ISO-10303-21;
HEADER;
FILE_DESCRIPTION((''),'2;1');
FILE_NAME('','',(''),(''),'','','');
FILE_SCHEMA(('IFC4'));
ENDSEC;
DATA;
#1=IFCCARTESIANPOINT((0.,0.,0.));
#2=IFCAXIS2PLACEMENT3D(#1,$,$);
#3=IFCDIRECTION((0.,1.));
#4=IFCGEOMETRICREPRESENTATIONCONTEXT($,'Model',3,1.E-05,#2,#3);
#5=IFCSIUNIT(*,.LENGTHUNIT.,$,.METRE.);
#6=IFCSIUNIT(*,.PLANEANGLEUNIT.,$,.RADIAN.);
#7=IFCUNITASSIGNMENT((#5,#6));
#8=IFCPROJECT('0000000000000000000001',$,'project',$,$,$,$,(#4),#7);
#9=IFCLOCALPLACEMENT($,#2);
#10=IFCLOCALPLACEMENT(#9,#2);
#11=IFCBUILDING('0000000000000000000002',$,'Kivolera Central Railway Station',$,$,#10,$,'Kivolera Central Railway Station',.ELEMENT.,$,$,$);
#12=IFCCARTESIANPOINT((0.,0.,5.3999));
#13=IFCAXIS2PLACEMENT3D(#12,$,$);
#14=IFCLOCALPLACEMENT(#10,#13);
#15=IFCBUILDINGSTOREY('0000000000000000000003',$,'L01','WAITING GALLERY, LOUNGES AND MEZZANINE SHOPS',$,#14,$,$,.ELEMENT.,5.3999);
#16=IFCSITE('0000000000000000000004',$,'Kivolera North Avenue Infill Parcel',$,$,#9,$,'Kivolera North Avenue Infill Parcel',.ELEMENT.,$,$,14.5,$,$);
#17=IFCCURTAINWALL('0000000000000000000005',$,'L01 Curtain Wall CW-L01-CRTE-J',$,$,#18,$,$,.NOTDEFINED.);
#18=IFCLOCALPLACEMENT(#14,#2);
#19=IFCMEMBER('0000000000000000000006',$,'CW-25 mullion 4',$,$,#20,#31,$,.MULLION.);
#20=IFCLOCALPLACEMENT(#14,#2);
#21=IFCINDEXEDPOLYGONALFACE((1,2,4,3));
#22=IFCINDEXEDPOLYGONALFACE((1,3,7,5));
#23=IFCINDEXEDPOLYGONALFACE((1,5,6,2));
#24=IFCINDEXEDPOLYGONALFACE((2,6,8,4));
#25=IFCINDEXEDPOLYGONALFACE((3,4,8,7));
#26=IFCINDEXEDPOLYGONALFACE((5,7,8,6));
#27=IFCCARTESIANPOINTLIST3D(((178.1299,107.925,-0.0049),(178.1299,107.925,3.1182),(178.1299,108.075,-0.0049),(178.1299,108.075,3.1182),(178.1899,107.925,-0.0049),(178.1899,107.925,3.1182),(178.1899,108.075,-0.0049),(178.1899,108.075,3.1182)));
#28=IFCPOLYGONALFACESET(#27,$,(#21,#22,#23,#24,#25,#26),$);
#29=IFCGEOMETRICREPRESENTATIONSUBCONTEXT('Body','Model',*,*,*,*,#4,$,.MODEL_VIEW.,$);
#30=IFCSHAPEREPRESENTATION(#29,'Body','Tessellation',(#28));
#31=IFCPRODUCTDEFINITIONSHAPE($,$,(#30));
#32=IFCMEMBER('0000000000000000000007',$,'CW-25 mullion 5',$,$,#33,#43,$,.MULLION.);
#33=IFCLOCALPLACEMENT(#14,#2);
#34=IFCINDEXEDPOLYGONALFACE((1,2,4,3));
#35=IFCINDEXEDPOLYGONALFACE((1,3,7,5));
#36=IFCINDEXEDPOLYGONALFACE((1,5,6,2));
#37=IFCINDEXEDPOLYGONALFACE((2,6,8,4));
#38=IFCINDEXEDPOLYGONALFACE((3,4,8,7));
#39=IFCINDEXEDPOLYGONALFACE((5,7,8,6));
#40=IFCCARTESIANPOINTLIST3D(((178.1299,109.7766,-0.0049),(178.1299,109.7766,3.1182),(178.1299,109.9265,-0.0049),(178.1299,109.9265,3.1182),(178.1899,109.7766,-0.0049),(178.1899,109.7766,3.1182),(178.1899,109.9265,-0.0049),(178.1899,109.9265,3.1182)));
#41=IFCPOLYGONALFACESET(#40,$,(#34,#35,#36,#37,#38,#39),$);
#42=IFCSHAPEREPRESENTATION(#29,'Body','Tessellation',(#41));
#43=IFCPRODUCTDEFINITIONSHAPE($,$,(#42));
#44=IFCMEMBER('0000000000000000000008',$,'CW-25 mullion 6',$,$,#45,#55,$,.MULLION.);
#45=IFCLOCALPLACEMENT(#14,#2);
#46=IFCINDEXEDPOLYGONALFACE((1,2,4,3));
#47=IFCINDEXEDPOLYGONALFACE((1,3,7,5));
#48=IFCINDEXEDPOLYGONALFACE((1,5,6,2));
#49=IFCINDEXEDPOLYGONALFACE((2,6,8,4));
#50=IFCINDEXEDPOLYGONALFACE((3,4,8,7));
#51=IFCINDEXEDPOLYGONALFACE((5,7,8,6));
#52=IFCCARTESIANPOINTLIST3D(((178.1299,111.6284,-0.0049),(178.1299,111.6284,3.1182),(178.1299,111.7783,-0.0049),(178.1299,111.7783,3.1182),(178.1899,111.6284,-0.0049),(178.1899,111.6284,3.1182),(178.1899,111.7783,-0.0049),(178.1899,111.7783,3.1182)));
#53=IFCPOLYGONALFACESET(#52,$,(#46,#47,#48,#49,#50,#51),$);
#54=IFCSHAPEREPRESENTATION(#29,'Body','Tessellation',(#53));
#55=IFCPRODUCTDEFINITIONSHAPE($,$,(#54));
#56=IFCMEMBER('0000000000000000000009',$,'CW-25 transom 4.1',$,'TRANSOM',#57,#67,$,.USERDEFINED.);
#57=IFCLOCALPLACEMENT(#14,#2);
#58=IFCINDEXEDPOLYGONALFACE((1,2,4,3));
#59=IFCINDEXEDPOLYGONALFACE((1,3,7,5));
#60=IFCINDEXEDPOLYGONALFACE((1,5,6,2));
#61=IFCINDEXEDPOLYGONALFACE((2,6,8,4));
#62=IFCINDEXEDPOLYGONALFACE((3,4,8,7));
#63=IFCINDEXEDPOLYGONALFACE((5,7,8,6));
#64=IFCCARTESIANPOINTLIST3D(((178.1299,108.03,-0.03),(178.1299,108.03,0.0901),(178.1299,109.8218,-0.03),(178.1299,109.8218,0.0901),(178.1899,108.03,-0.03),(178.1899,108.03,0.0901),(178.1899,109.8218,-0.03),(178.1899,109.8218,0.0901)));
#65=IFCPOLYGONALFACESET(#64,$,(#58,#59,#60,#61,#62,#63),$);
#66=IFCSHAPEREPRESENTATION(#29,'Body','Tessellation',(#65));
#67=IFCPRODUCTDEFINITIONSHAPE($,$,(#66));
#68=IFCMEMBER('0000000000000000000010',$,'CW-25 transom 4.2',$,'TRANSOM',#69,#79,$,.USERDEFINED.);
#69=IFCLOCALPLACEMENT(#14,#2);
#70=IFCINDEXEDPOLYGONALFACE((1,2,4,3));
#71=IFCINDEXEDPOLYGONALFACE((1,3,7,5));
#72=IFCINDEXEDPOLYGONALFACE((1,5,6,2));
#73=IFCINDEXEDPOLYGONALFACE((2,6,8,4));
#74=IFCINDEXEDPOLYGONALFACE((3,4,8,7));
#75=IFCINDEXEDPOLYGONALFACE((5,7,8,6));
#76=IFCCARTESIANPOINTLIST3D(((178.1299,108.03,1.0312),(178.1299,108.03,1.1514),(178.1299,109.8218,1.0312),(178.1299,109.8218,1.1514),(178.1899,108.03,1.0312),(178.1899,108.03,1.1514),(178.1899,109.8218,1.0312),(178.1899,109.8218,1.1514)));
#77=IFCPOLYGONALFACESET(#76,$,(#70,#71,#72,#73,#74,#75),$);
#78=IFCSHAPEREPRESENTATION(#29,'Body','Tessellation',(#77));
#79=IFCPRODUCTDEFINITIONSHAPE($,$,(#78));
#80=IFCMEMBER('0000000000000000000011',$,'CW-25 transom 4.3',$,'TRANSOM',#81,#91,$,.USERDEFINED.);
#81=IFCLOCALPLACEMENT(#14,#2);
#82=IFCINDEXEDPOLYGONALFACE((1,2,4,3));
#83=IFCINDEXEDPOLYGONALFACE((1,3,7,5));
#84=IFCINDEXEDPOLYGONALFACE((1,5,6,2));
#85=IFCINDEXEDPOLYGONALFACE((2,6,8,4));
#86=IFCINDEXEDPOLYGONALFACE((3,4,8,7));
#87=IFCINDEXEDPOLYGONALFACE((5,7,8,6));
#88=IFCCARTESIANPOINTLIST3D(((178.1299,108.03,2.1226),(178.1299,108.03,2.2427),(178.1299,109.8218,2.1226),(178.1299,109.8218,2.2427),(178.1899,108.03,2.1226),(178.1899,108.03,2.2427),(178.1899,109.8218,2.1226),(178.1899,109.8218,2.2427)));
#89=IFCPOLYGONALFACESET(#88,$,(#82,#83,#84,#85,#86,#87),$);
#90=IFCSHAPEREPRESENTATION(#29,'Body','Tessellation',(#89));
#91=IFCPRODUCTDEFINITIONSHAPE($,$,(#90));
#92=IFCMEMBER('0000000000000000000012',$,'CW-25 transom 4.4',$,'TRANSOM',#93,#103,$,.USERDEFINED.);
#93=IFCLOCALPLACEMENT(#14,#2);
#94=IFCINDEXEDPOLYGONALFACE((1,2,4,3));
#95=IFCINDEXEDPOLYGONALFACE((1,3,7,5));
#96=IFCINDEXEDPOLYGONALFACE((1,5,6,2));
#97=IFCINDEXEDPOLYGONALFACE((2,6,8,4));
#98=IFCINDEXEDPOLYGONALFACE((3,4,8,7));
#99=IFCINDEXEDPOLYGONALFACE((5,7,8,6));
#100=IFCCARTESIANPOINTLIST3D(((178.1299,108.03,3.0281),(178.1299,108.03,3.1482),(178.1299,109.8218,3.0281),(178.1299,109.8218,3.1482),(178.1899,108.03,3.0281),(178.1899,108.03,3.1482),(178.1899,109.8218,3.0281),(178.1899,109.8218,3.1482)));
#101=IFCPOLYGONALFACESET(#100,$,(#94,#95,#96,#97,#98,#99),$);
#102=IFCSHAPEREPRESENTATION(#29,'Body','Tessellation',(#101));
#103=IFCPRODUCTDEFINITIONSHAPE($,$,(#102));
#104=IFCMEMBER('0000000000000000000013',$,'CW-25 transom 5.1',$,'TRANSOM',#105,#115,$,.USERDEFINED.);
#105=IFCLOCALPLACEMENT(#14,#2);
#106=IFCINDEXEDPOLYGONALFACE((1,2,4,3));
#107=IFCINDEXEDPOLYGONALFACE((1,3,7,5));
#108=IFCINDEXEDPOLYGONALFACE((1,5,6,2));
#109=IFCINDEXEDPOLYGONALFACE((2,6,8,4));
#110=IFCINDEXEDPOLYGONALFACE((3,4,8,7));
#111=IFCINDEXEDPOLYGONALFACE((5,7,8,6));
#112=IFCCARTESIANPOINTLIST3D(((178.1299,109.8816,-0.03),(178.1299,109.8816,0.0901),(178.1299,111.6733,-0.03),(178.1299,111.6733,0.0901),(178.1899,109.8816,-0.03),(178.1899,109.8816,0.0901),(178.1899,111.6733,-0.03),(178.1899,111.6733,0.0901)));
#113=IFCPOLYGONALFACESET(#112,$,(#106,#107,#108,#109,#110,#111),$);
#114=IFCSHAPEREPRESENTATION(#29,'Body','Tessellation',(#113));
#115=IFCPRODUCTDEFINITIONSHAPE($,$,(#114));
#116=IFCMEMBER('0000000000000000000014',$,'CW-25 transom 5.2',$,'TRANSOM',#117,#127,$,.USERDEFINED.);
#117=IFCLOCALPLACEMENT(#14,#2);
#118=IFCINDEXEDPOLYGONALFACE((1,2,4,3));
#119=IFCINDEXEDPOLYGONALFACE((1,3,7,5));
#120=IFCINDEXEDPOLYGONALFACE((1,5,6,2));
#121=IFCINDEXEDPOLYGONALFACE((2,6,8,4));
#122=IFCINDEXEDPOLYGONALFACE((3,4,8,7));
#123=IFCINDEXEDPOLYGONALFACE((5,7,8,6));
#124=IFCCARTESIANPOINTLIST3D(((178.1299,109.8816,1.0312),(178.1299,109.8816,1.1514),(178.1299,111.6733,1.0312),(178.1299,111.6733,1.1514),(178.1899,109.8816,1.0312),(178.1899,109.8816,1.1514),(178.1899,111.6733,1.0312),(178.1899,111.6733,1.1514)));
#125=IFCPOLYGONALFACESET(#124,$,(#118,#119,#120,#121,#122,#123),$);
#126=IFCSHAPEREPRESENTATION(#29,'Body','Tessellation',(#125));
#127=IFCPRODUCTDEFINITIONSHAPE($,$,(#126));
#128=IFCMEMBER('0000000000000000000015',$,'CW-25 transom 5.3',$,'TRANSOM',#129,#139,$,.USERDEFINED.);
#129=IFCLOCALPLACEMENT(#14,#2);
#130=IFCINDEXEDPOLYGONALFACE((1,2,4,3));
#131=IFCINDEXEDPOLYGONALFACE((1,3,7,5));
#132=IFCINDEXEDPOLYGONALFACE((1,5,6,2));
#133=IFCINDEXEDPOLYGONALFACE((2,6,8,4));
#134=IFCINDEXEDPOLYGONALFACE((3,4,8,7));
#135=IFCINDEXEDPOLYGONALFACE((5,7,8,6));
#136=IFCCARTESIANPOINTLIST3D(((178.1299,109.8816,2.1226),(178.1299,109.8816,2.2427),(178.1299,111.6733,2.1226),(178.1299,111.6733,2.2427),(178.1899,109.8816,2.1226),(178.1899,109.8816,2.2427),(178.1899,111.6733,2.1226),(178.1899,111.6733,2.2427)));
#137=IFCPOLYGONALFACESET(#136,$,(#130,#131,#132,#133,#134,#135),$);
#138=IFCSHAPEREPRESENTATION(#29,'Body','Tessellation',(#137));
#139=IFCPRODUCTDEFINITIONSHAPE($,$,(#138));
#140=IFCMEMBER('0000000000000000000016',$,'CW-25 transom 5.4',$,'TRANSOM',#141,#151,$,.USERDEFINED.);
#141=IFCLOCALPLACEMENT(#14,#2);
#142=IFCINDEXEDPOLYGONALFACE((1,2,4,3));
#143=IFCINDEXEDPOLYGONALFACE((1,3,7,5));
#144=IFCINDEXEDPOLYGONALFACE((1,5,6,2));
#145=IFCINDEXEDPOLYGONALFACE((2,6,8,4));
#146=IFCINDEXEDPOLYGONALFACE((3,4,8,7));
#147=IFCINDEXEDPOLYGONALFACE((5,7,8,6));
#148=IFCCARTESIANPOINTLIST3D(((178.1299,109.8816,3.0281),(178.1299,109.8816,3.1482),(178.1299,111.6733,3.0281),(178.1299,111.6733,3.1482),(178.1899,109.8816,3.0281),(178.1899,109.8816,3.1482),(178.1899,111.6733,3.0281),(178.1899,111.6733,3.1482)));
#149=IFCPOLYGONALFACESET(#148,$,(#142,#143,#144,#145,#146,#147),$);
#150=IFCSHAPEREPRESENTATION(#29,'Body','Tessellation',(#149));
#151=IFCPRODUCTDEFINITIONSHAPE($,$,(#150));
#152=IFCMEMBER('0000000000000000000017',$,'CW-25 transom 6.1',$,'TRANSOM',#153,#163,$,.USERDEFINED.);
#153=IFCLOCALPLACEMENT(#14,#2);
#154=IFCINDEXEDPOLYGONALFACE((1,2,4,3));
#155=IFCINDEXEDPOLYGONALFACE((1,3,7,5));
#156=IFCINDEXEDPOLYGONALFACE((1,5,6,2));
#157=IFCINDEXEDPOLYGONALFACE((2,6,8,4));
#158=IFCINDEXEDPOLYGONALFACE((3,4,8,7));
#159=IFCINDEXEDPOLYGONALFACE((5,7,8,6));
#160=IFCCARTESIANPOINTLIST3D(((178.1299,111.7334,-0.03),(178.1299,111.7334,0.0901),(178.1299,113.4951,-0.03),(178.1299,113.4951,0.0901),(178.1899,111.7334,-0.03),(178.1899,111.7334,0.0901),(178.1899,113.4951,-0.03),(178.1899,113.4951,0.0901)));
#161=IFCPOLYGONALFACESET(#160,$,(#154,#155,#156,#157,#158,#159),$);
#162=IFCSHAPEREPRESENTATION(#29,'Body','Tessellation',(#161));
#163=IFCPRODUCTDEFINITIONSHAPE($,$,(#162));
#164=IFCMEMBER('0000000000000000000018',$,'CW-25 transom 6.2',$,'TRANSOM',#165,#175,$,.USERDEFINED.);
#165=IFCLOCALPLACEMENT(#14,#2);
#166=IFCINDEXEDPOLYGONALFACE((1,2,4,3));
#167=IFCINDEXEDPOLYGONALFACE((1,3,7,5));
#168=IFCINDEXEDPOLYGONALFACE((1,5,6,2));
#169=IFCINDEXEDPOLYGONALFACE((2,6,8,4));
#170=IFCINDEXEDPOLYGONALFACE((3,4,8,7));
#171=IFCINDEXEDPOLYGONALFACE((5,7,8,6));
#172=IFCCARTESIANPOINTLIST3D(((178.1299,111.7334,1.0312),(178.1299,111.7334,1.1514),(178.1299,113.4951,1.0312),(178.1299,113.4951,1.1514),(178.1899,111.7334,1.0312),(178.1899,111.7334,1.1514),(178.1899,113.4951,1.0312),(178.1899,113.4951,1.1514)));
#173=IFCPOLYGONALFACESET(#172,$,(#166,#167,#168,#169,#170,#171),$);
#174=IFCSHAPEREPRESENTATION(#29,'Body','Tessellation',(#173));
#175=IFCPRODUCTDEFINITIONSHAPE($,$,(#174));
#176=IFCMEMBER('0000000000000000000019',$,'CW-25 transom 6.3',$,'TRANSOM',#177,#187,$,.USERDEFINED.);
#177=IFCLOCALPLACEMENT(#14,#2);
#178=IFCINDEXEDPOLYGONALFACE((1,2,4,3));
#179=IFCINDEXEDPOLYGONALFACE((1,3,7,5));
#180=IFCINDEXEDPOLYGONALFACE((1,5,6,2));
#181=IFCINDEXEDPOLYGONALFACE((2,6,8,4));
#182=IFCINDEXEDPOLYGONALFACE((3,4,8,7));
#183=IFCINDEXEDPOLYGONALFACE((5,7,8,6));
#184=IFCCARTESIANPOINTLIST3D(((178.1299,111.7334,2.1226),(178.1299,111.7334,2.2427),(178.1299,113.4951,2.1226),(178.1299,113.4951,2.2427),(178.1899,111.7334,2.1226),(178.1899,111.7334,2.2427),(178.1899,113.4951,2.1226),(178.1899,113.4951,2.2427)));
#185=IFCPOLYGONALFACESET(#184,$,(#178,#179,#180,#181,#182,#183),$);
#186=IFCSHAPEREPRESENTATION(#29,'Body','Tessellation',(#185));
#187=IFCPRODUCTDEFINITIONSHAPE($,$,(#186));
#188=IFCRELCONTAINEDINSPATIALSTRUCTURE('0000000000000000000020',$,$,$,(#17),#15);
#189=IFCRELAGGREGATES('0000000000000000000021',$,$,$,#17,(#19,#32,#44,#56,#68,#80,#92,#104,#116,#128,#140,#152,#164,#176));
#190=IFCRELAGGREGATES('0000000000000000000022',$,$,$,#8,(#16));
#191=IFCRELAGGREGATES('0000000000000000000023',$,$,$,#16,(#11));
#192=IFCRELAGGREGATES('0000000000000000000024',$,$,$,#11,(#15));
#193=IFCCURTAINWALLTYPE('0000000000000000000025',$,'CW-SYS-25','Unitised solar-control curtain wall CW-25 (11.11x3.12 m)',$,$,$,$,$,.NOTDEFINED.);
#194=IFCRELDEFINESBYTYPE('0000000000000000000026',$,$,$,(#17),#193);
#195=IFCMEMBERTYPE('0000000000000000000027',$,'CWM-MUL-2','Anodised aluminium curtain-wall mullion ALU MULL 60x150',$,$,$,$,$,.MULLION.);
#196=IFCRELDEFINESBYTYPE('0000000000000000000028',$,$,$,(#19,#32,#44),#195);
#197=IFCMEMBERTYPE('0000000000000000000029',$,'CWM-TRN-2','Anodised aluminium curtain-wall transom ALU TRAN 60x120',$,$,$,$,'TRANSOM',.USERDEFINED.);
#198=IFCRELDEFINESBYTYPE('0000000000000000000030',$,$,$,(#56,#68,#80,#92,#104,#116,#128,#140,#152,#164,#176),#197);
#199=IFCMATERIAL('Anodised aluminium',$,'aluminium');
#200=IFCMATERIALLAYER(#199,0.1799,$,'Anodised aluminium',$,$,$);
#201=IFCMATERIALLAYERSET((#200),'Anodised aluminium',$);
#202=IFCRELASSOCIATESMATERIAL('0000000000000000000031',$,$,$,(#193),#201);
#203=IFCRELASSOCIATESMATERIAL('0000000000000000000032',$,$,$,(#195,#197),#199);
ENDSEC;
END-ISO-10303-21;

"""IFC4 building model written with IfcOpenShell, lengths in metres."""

from ifc_helpers import new_model, si_unit, direction, frame, origin, origin_2d, place, context, subcontext, project, spatial, rectangle, extrude, material, layer, layer_set, material_profile, profile_set, type_object, element, aggregate, save


model = new_model("IFC4")

# Units and contexts
model_context = context("Model", 3, precision=1e-05, world=origin(), true_north=direction((0.0, 1.0)))
body_context = subcontext(model_context, "Body", "Model", "MODEL_VIEW")
ifc_project = project(units=[si_unit("LENGTHUNIT", "METRE"), si_unit("PLANEANGLEUNIT", "RADIAN")], contexts=[model_context])

# Site, building, storey
site_placement = place(None, origin())
site = spatial("IfcSite", under=ifc_project, at=site_placement, Name="Kivolera North Avenue Infill Parcel", LongName="Kivolera North Avenue Infill Parcel", CompositionType="ELEMENT", RefElevation=14.5)
building_placement = place(site_placement, origin())
building = spatial("IfcBuilding", under=site, at=building_placement, Name="Kivolera Central Railway Station", LongName="Kivolera Central Railway Station", CompositionType="ELEMENT")
storey_placement = place(building_placement, frame((0.0, 0.0, 5.3999)))
storey = spatial("IfcBuildingStorey", under=building, at=storey_placement, Name="L01", Description="WAITING GALLERY, LOUNGES AND MEZZANINE SHOPS", CompositionType="ELEMENT", Elevation=5.3999)

# Curtain wall, members
ifc_material_1 = material(Name="Anodised aluminium", Category="aluminium")
ifc_layer_1 = layer(ifc_material_1, 0.1799, Name="Anodised aluminium")
ifc_layer_set_1 = layer_set([ifc_layer_1], Name="Anodised aluminium")
curtain_wall_type = type_object("IfcCurtainWallType", Name="CW-SYS-25", Description="Unitised solar-control curtain wall CW-25 (11.11x3.12 m)", PredefinedType="NOTDEFINED", material=ifc_layer_set_1)
curtain_wall_placement = place(storey_placement, origin())
curtain_wall = element("IfcCurtainWall", 1, at=curtain_wall_placement, inside=storey, type_object=curtain_wall_type, Name="L01 Curtain Wall CW-L01-CRTE-J", PredefinedType="NOTDEFINED")
ifc_material_profile_1 = material_profile(ifc_material_1, rectangle(XDim=0.0601, YDim=0.1499, at=origin_2d()), Name="ALU MULL 60x150")
ifc_profile_set_1 = profile_set([ifc_material_profile_1], Name="Anodised aluminium")
member_type_1 = type_object("IfcMemberType", Name="CWM-MUL-2", Description="Anodised aluminium curtain-wall mullion ALU MULL 60x150", PredefinedType="MULLION", material=ifc_profile_set_1)
member_1_placement = place(storey_placement, frame((178.1599, 108.0, -0.0049), z_axis=(0.0, 0.0, 1.0), x_axis=(-1.0, 0.0, 0.0)))
member_1 = element("IfcMember", 2, at=member_1_placement, type_object=member_type_1, Name="CW-25 mullion 4", PredefinedType="MULLION", context=body_context, shape_type="SweptSolid", body=[
    extrude(rectangle(XDim=0.0601, YDim=0.1499, at=origin_2d()), origin(), (0.0, 0.0, 1.0), 3.123),
])
member_2_placement = place(storey_placement, frame((178.1599, 109.8516, -0.0049), z_axis=(0.0, 0.0, 1.0), x_axis=(-1.0, 0.0, 0.0)))
member_2 = element("IfcMember", 3, at=member_2_placement, type_object=member_type_1, Name="CW-25 mullion 5", PredefinedType="MULLION", context=body_context, shape_type="SweptSolid", body=[
    extrude(rectangle(XDim=0.0601, YDim=0.1499, at=origin_2d()), origin(), (0.0, 0.0, 1.0), 3.123),
])
member_3_placement = place(storey_placement, frame((178.1599, 111.7034, -0.0049), z_axis=(0.0, 0.0, 1.0), x_axis=(-1.0, 0.0, 0.0)))
member_3 = element("IfcMember", 4, at=member_3_placement, type_object=member_type_1, Name="CW-25 mullion 6", PredefinedType="MULLION", context=body_context, shape_type="SweptSolid", body=[
    extrude(rectangle(XDim=0.0601, YDim=0.1499, at=origin_2d()), origin(), (0.0, 0.0, 1.0), 3.123),
])
ifc_material_profile_2 = material_profile(ifc_material_1, rectangle(XDim=0.0601, YDim=0.1201, at=origin_2d()), Name="ALU TRAN 60x120")
ifc_profile_set_2 = profile_set([ifc_material_profile_2], Name="Anodised aluminium")
member_type_2 = type_object("IfcMemberType", Name="CWM-TRN-2", Description="Anodised aluminium curtain-wall transom ALU TRAN 60x120", ElementType="TRANSOM", PredefinedType="USERDEFINED", material=ifc_profile_set_2)
member_4_placement = place(storey_placement, frame((178.1599, 108.03, 0.03), z_axis=(0.0, 1.0, 0.0), x_axis=(-1.0, 0.0, 0.0)))
member_4 = element("IfcMember", 5, at=member_4_placement, type_object=member_type_2, Name="CW-25 transom 4.1", ObjectType="TRANSOM", PredefinedType="USERDEFINED", context=body_context, shape_type="SweptSolid", body=[
    extrude(rectangle(XDim=0.0601, YDim=0.1201, at=origin_2d()), origin(), (0.0, 0.0, 1.0), 1.7917),
])
member_5_placement = place(storey_placement, frame((178.1599, 108.03, 1.0913), z_axis=(0.0, 1.0, 0.0), x_axis=(-1.0, 0.0, 0.0)))
member_5 = element("IfcMember", 6, at=member_5_placement, type_object=member_type_2, Name="CW-25 transom 4.2", ObjectType="TRANSOM", PredefinedType="USERDEFINED", context=body_context, shape_type="SweptSolid", body=[
    extrude(rectangle(XDim=0.0601, YDim=0.1201, at=origin_2d()), origin(), (0.0, 0.0, 1.0), 1.7917),
])
member_6_placement = place(storey_placement, frame((178.1599, 108.03, 2.1826), z_axis=(0.0, 1.0, 0.0), x_axis=(-1.0, 0.0, 0.0)))
member_6 = element("IfcMember", 7, at=member_6_placement, type_object=member_type_2, Name="CW-25 transom 4.3", ObjectType="TRANSOM", PredefinedType="USERDEFINED", context=body_context, shape_type="SweptSolid", body=[
    extrude(rectangle(XDim=0.0601, YDim=0.1201, at=origin_2d()), origin(), (0.0, 0.0, 1.0), 1.7917),
])
member_7_placement = place(storey_placement, frame((178.1599, 108.03, 3.0881), z_axis=(0.0, 1.0, 0.0), x_axis=(-1.0, 0.0, 0.0)))
member_7 = element("IfcMember", 8, at=member_7_placement, type_object=member_type_2, Name="CW-25 transom 4.4", ObjectType="TRANSOM", PredefinedType="USERDEFINED", context=body_context, shape_type="SweptSolid", body=[
    extrude(rectangle(XDim=0.0601, YDim=0.1201, at=origin_2d()), origin(), (0.0, 0.0, 1.0), 1.7917),
])
member_8_placement = place(storey_placement, frame((178.1599, 109.8816, 0.03), z_axis=(0.0, 1.0, 0.0), x_axis=(-1.0, 0.0, 0.0)))
member_8 = element("IfcMember", 9, at=member_8_placement, type_object=member_type_2, Name="CW-25 transom 5.1", ObjectType="TRANSOM", PredefinedType="USERDEFINED", context=body_context, shape_type="SweptSolid", body=[
    extrude(rectangle(XDim=0.0601, YDim=0.1201, at=origin_2d()), origin(), (0.0, 0.0, 1.0), 1.7917),
])
member_9_placement = place(storey_placement, frame((178.1599, 109.8816, 1.0913), z_axis=(0.0, 1.0, 0.0), x_axis=(-1.0, 0.0, 0.0)))
member_9 = element("IfcMember", 10, at=member_9_placement, type_object=member_type_2, Name="CW-25 transom 5.2", ObjectType="TRANSOM", PredefinedType="USERDEFINED", context=body_context, shape_type="SweptSolid", body=[
    extrude(rectangle(XDim=0.0601, YDim=0.1201, at=origin_2d()), origin(), (0.0, 0.0, 1.0), 1.7917),
])
member_10_placement = place(storey_placement, frame((178.1599, 109.8816, 2.1826), z_axis=(0.0, 1.0, 0.0), x_axis=(-1.0, 0.0, 0.0)))
member_10 = element("IfcMember", 11, at=member_10_placement, type_object=member_type_2, Name="CW-25 transom 5.3", ObjectType="TRANSOM", PredefinedType="USERDEFINED", context=body_context, shape_type="SweptSolid", body=[
    extrude(rectangle(XDim=0.0601, YDim=0.1201, at=origin_2d()), origin(), (0.0, 0.0, 1.0), 1.7917),
])
member_11_placement = place(storey_placement, frame((178.1599, 109.8816, 3.0881), z_axis=(0.0, 1.0, 0.0), x_axis=(-1.0, 0.0, 0.0)))
member_11 = element("IfcMember", 12, at=member_11_placement, type_object=member_type_2, Name="CW-25 transom 5.4", ObjectType="TRANSOM", PredefinedType="USERDEFINED", context=body_context, shape_type="SweptSolid", body=[
    extrude(rectangle(XDim=0.0601, YDim=0.1201, at=origin_2d()), origin(), (0.0, 0.0, 1.0), 1.7917),
])
member_12_placement = place(storey_placement, frame((178.1599, 111.7334, 0.03), z_axis=(0.0, 1.0, 0.0), x_axis=(-1.0, 0.0, 0.0)))
member_12 = element("IfcMember", 13, at=member_12_placement, type_object=member_type_2, Name="CW-25 transom 6.1", ObjectType="TRANSOM", PredefinedType="USERDEFINED", context=body_context, shape_type="SweptSolid", body=[
    extrude(rectangle(XDim=0.0601, YDim=0.1201, at=origin_2d()), origin(), (0.0, 0.0, 1.0), 1.7617),
])
member_13_placement = place(storey_placement, frame((178.1599, 111.7334, 1.0913), z_axis=(0.0, 1.0, 0.0), x_axis=(-1.0, 0.0, 0.0)))
member_13 = element("IfcMember", 14, at=member_13_placement, type_object=member_type_2, Name="CW-25 transom 6.2", ObjectType="TRANSOM", PredefinedType="USERDEFINED", context=body_context, shape_type="SweptSolid", body=[
    extrude(rectangle(XDim=0.0601, YDim=0.1201, at=origin_2d()), origin(), (0.0, 0.0, 1.0), 1.7617),
])
member_14_placement = place(storey_placement, frame((178.1599, 111.7334, 2.1826), z_axis=(0.0, 1.0, 0.0), x_axis=(-1.0, 0.0, 0.0)))
member_14 = element("IfcMember", 15, at=member_14_placement, type_object=member_type_2, Name="CW-25 transom 6.3", ObjectType="TRANSOM", PredefinedType="USERDEFINED", context=body_context, shape_type="SweptSolid", body=[
    extrude(rectangle(XDim=0.0601, YDim=0.1201, at=origin_2d()), origin(), (0.0, 0.0, 1.0), 1.7617),
])
aggregate(curtain_wall, [member_1, member_2, member_3, member_4, member_5, member_6, member_7, member_8, member_9, member_10, member_11, member_12, member_13, member_14])

save(model, "model.ifc")
